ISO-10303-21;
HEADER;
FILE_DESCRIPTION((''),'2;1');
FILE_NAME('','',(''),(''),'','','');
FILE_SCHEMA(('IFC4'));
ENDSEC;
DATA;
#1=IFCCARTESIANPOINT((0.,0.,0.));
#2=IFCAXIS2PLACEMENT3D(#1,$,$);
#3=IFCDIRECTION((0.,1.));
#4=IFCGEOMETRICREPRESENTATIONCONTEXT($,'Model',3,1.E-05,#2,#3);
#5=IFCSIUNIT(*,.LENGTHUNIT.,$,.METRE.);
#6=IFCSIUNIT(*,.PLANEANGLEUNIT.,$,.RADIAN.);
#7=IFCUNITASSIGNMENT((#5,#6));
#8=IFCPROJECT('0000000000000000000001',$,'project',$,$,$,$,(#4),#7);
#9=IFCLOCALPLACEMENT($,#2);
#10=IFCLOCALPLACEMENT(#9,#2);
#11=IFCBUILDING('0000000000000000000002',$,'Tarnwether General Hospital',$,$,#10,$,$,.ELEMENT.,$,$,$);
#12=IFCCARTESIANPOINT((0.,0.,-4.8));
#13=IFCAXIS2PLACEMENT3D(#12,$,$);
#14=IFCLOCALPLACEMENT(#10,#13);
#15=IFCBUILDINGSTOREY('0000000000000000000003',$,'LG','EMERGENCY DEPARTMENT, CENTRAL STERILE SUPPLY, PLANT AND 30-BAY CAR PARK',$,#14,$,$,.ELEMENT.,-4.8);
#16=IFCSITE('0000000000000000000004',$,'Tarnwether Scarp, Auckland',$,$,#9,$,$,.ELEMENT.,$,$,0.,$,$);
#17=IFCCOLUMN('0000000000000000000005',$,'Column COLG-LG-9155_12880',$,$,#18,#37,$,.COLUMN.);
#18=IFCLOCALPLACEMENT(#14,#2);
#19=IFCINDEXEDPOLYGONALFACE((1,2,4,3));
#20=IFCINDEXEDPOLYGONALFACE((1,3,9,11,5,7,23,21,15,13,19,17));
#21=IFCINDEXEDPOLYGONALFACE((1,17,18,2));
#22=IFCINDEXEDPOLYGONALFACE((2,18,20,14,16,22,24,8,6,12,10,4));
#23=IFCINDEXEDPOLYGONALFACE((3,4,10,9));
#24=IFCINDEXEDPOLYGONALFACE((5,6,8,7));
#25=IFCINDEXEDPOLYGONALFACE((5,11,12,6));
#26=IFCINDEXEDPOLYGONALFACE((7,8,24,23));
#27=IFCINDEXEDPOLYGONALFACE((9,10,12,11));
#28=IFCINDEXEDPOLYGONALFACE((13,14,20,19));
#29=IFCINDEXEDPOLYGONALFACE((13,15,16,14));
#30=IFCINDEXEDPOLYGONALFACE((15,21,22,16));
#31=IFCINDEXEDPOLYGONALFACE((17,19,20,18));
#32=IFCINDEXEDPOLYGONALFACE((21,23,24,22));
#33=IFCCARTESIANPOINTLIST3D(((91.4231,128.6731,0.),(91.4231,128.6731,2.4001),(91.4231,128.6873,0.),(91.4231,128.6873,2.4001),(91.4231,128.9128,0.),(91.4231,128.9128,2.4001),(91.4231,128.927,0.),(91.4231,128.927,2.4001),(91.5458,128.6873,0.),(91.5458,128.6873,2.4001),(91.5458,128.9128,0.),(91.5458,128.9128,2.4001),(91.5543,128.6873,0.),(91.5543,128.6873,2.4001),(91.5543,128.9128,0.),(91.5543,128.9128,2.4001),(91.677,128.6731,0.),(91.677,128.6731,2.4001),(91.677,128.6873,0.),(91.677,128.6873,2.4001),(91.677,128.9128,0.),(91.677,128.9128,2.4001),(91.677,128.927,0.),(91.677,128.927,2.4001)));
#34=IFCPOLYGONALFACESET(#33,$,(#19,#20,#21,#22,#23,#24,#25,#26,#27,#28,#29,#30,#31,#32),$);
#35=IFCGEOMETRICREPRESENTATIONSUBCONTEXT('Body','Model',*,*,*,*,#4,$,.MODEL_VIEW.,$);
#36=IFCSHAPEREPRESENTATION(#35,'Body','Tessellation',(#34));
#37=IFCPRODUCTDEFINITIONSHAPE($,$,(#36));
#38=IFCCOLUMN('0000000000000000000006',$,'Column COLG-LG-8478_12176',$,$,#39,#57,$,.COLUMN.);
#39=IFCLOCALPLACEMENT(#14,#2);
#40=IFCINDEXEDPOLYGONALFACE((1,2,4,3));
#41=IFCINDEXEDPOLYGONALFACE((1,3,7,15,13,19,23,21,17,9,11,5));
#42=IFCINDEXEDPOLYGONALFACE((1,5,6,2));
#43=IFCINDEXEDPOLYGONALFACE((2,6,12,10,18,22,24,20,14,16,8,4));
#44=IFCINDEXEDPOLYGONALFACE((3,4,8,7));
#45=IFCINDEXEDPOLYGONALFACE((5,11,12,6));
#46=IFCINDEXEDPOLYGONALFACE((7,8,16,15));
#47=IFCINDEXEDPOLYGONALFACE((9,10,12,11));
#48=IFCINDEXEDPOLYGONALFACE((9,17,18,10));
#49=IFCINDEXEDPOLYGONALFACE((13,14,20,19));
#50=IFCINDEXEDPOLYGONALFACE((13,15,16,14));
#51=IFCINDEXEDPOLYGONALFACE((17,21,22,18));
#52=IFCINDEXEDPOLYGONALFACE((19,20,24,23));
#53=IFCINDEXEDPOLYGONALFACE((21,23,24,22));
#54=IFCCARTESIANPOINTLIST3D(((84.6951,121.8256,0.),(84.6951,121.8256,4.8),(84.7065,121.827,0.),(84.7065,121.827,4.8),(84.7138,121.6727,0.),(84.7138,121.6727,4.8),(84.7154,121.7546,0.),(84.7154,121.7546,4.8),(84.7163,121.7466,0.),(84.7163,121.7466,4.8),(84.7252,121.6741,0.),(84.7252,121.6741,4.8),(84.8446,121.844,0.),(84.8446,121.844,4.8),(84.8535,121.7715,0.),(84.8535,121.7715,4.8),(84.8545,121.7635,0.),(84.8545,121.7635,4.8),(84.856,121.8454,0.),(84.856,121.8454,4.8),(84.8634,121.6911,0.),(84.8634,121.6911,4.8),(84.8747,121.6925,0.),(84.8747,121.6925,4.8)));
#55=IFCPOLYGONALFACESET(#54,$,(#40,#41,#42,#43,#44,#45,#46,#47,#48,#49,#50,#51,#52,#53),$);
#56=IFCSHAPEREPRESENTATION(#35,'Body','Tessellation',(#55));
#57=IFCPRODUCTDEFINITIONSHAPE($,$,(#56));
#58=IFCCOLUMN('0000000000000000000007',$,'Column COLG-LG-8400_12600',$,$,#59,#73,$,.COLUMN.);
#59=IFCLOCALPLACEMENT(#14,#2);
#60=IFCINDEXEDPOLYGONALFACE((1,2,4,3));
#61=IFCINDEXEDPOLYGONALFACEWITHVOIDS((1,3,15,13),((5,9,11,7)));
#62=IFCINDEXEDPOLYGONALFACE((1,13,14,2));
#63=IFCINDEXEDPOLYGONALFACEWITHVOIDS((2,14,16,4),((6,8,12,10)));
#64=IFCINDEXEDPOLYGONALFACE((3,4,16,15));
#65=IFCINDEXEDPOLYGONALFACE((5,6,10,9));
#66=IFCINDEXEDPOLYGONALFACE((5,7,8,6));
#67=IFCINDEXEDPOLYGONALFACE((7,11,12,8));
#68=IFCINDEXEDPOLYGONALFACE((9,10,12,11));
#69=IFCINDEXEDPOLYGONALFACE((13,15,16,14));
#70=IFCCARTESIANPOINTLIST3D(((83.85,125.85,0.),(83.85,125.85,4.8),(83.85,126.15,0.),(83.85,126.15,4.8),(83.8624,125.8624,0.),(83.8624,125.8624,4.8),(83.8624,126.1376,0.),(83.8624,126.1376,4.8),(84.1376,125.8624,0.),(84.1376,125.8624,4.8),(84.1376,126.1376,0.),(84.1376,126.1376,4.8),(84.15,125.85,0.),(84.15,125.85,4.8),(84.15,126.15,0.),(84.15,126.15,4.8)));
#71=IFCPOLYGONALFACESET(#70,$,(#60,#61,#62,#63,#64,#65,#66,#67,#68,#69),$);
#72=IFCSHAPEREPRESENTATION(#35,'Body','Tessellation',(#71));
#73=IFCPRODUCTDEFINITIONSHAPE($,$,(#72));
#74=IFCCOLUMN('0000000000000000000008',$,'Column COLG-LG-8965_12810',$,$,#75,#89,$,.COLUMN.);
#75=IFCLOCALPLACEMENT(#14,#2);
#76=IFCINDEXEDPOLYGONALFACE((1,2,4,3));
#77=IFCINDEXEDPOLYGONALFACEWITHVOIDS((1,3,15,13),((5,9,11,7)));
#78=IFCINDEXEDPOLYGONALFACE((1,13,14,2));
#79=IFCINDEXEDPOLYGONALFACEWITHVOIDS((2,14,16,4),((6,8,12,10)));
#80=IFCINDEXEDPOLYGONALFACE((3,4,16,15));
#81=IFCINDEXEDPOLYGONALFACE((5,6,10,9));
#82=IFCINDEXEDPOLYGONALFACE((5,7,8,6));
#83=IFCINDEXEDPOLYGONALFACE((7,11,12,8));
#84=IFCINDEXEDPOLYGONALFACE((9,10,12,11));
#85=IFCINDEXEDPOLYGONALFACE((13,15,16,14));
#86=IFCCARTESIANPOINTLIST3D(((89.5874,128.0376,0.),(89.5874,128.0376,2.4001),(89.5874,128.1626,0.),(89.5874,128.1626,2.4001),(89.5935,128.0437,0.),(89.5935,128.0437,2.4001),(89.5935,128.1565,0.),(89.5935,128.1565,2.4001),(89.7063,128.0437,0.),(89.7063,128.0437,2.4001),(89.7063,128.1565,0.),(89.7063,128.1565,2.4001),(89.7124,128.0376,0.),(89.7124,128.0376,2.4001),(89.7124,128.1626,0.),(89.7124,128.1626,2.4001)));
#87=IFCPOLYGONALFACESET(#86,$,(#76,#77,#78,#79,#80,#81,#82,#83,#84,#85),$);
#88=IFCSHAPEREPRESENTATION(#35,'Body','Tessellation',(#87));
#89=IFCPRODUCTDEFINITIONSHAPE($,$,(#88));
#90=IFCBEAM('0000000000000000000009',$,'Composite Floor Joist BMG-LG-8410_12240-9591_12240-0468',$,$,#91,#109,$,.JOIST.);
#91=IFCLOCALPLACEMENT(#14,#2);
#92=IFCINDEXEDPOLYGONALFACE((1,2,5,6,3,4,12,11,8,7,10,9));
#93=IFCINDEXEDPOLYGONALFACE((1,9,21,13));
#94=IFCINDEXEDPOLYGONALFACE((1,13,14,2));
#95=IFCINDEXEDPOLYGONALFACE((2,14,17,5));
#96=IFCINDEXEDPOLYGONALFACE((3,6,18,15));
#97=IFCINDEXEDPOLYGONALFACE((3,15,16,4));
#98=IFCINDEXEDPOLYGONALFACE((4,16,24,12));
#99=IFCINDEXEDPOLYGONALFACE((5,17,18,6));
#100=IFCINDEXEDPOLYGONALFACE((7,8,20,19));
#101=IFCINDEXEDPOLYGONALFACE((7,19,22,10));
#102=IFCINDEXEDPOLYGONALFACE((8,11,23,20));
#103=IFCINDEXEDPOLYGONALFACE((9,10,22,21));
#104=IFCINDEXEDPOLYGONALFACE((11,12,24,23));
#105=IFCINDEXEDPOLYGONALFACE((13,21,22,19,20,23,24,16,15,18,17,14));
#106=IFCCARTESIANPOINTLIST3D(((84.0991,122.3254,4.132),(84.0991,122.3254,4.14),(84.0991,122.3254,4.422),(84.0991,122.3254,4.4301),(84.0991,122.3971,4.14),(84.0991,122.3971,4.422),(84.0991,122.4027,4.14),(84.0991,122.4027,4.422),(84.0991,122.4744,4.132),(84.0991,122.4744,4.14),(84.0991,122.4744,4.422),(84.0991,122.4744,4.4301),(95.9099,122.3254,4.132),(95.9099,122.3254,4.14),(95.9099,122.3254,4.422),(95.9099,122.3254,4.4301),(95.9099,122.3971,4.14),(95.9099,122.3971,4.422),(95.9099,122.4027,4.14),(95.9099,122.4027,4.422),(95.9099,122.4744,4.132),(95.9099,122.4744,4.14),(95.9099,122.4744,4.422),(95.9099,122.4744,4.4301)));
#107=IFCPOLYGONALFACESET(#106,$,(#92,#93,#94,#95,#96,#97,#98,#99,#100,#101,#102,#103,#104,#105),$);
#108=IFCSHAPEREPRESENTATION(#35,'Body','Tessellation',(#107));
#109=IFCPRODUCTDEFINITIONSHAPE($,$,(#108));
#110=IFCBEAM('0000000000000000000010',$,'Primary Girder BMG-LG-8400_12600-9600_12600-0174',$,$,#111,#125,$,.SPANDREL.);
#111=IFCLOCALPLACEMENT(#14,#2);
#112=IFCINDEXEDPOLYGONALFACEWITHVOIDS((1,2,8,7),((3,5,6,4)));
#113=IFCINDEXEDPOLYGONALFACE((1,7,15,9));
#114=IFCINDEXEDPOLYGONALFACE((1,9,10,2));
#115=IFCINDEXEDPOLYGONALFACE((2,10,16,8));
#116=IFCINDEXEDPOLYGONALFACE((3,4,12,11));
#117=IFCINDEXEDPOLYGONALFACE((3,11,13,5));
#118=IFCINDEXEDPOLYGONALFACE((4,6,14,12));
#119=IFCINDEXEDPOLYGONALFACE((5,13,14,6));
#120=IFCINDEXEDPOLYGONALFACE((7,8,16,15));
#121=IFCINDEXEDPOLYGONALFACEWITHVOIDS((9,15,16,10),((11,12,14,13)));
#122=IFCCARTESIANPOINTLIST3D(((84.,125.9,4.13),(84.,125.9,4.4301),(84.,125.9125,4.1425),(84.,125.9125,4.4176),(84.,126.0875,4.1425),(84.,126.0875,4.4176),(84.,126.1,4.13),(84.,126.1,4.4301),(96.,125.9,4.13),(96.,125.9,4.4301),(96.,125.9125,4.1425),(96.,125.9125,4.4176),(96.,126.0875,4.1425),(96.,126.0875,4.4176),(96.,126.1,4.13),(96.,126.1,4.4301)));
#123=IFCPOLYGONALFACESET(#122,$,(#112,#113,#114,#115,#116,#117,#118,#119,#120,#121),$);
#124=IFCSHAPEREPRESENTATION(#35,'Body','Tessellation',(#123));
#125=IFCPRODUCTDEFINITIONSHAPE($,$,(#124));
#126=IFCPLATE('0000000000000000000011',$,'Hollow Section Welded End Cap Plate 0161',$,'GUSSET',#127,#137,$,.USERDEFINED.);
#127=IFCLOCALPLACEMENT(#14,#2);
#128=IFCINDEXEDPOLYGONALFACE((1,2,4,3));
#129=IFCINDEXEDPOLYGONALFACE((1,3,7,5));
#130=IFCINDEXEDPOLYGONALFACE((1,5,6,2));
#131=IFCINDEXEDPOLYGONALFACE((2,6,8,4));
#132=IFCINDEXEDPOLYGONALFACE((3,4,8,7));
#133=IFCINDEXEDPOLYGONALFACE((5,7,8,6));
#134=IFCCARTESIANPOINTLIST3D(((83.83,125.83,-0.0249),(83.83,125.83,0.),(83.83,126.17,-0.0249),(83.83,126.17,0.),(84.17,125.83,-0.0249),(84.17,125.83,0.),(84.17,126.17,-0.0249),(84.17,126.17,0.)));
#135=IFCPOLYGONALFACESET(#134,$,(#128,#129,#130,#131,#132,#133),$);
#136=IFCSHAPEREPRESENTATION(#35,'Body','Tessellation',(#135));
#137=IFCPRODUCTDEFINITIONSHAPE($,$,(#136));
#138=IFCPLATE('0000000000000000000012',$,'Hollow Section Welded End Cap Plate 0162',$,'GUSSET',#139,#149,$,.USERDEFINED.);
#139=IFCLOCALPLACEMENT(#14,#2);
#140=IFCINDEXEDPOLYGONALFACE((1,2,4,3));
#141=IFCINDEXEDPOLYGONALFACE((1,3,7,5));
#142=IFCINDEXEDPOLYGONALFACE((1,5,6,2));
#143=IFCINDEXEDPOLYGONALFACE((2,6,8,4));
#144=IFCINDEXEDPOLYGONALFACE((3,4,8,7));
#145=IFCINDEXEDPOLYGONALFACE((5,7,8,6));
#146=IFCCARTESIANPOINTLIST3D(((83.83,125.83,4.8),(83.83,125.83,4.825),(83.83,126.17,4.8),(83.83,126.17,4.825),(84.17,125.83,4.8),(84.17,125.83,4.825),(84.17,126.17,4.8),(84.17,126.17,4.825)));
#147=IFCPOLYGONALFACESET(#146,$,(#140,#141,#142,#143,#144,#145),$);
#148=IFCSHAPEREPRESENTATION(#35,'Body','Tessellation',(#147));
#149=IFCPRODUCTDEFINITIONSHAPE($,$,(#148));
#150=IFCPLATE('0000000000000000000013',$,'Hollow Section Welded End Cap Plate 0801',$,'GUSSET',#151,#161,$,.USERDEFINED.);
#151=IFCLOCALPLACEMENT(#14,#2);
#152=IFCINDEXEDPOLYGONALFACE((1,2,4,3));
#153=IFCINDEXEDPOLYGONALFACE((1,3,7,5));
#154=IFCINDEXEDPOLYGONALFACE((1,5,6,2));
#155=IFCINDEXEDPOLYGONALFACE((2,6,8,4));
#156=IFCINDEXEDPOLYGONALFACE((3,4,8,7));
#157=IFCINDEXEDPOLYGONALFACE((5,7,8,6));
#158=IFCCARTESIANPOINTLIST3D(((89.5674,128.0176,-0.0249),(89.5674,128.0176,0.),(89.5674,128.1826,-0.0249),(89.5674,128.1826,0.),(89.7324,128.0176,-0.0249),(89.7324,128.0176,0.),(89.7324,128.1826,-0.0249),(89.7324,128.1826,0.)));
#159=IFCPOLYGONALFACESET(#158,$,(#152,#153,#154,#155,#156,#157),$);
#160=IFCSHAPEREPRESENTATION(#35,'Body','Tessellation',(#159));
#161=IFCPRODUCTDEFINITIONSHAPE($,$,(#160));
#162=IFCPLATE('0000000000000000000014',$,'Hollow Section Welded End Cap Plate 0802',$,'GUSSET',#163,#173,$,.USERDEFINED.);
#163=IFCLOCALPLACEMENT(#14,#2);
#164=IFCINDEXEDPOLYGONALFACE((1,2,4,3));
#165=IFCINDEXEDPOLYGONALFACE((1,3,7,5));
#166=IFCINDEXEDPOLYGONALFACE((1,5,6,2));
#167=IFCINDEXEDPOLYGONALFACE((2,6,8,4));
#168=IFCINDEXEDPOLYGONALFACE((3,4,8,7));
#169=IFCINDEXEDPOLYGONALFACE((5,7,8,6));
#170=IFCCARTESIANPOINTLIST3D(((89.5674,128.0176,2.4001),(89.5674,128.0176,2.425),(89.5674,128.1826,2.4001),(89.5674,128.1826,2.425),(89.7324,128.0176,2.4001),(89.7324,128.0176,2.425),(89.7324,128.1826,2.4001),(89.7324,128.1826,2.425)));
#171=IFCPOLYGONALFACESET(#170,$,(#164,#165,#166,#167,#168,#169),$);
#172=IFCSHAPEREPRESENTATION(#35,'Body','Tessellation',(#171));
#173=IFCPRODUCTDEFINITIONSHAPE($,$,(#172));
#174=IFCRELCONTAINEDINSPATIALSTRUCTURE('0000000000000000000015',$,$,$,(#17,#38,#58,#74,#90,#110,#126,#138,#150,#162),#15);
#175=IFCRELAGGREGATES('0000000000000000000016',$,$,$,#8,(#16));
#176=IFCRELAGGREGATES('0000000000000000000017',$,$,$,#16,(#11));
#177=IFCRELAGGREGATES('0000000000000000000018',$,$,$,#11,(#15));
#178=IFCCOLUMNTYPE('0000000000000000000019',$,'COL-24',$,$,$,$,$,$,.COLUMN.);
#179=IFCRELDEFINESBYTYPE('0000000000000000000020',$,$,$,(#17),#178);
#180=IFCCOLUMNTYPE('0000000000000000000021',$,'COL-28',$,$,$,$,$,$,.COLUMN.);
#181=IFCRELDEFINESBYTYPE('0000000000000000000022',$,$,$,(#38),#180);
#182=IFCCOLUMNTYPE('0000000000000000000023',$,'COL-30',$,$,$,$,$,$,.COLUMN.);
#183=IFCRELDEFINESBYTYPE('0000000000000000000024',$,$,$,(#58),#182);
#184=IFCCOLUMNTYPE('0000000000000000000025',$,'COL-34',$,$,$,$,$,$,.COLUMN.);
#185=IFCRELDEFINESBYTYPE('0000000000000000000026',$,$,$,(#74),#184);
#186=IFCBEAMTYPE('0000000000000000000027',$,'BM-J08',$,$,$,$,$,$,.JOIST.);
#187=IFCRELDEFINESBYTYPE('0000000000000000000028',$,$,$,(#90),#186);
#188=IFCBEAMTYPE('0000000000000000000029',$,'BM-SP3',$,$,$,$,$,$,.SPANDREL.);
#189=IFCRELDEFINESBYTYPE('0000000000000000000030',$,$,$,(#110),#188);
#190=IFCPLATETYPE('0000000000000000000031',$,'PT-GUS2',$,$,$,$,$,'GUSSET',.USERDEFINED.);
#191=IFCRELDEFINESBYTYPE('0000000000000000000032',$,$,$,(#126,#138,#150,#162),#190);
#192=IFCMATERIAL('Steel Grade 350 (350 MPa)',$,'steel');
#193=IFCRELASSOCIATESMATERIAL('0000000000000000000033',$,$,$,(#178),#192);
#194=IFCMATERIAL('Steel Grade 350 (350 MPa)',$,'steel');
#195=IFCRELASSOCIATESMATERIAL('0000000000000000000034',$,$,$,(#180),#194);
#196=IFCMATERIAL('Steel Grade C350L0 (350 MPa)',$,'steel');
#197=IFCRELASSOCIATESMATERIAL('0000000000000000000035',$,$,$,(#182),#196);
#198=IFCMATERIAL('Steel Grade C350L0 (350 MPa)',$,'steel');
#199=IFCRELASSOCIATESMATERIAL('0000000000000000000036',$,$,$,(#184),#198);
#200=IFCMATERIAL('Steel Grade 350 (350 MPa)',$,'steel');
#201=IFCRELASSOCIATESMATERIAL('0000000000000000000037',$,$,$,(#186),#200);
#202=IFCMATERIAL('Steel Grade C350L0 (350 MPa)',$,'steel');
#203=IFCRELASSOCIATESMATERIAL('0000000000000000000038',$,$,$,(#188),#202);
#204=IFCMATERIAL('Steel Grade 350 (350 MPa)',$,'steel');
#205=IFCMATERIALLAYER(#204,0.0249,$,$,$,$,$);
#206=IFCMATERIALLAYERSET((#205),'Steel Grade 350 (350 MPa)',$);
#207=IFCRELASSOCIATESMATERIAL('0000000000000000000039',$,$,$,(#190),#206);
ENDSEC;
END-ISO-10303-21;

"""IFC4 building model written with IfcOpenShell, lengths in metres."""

from ifc_helpers import new_model, si_unit, direction, frame, origin, origin_2d, place, context, subcontext, project, spatial, rectangle, hollow_rectangle, i_section, extrude, material, layer, layer_set, material_profile, profile_set, type_object, element, save


model = new_model("IFC4")

# Units and contexts
model_context = context("Model", 3, precision=1e-05, world=origin(), true_north=direction((0.0, 1.0)))
body_context = subcontext(model_context, "Body", "Model", "MODEL_VIEW")
ifc_project = project(units=[si_unit("LENGTHUNIT", "METRE"), si_unit("PLANEANGLEUNIT", "RADIAN")], contexts=[model_context])

# Site, building, storey
site_placement = place(None, origin())
site = spatial("IfcSite", under=ifc_project, at=site_placement, Name="Tarnwether Scarp, Auckland", CompositionType="ELEMENT", RefElevation=0.0)
building_placement = place(site_placement, origin())
building = spatial("IfcBuilding", under=site, at=building_placement, Name="Tarnwether General Hospital", CompositionType="ELEMENT")
storey_placement = place(building_placement, frame((0.0, 0.0, -4.8)))
storey = spatial("IfcBuildingStorey", under=building, at=storey_placement, Name="LG", Description="EMERGENCY DEPARTMENT, CENTRAL STERILE SUPPLY, PLANT AND 30-BAY CAR PARK", CompositionType="ELEMENT", Elevation=-4.8)

# Columns
ifc_material_1 = material(Name="Steel Grade 350 (350 MPa)", Category="steel")
ifc_material_profile_1 = material_profile(ifc_material_1, i_section(OverallWidth=0.2539, OverallDepth=0.2539, WebThickness=0.0085, FlangeThickness=0.0142, at=origin_2d()), Name="250UC72.9")
ifc_profile_set_1 = profile_set([ifc_material_profile_1], Name="Steel Grade 350 (350 MPa)")
column_type_1 = type_object("IfcColumnType", Name="COL-24", PredefinedType="COLUMN", material=ifc_profile_set_1)
column_1_placement = place(storey_placement, frame((91.55, 128.8, 0.0), z_axis=(0.0, 0.0, 1.0), x_axis=(1.0, 0.0, 0.0)))
element("IfcColumn", 1, at=column_1_placement, inside=storey, type_object=column_type_1, Name="Column COLG-LG-9155_12880", PredefinedType="COLUMN", context=body_context, shape_type="SweptSolid", body=[
    extrude(i_section(OverallWidth=0.2539, OverallDepth=0.2539, WebThickness=0.0085, FlangeThickness=0.0142, at=origin_2d()), origin(), (0.0, 0.0, 1.0), 2.4001),
])
ifc_material_2 = material(Name="Steel Grade 350 (350 MPa)", Category="steel")
ifc_material_profile_2 = material_profile(ifc_material_2, i_section(OverallWidth=0.1541, OverallDepth=0.1621, WebThickness=0.0081, FlangeThickness=0.0115, at=origin_2d()), Name="150UC37.2")
ifc_profile_set_2 = profile_set([ifc_material_profile_2], Name="Steel Grade 350 (350 MPa)")
column_type_2 = type_object("IfcColumnType", Name="COL-28", PredefinedType="COLUMN", material=ifc_profile_set_2)
column_2_placement = place(storey_placement, frame((84.7849, 121.759, 0.0), z_axis=(0.0, 0.0, 1.0), x_axis=(-0.121869, 0.992546, 0.0)))
element("IfcColumn", 2, at=column_2_placement, inside=storey, type_object=column_type_2, Name="Column COLG-LG-8478_12176", PredefinedType="COLUMN", context=body_context, shape_type="SweptSolid", body=[
    extrude(i_section(OverallWidth=0.1541, OverallDepth=0.1621, WebThickness=0.0081, FlangeThickness=0.0115, at=origin_2d()), origin(), (0.0, 0.0, 1.0), 4.8),
])
ifc_material_3 = material(Name="Steel Grade C350L0 (350 MPa)", Category="steel")
ifc_material_profile_3 = material_profile(ifc_material_3, hollow_rectangle(XDim=0.3, YDim=0.3, WallThickness=0.0125, at=origin_2d()), Name="SHS300x300x12.5")
ifc_profile_set_3 = profile_set([ifc_material_profile_3], Name="Steel Grade C350L0 (350 MPa)")
column_type_3 = type_object("IfcColumnType", Name="COL-30", PredefinedType="COLUMN", material=ifc_profile_set_3)
column_3_placement = place(storey_placement, frame((84.0, 126.0, 0.0), z_axis=(0.0, 0.0, 1.0), x_axis=(0.0, 1.0, 0.0)))
element("IfcColumn", 3, at=column_3_placement, inside=storey, type_object=column_type_3, Name="Column COLG-LG-8400_12600", PredefinedType="COLUMN", context=body_context, shape_type="SweptSolid", body=[
    extrude(hollow_rectangle(XDim=0.3, YDim=0.3, WallThickness=0.0125, at=origin_2d()), origin(), (0.0, 0.0, 1.0), 4.8),
])
ifc_material_4 = material(Name="Steel Grade C350L0 (350 MPa)", Category="steel")
ifc_material_profile_4 = material_profile(ifc_material_4, hollow_rectangle(XDim=0.125, YDim=0.125, WallThickness=0.0061, at=origin_2d()), Name="SHS125x125x6")
ifc_profile_set_4 = profile_set([ifc_material_profile_4], Name="Steel Grade C350L0 (350 MPa)")
column_type_4 = type_object("IfcColumnType", Name="COL-34", PredefinedType="COLUMN", material=ifc_profile_set_4)
column_4_placement = place(storey_placement, frame((89.6499, 128.1001, 0.0), z_axis=(0.0, 0.0, 1.0), x_axis=(1.0, 0.0, 0.0)))
element("IfcColumn", 4, at=column_4_placement, inside=storey, type_object=column_type_4, Name="Column COLG-LG-8965_12810", PredefinedType="COLUMN", context=body_context, shape_type="SweptSolid", body=[
    extrude(hollow_rectangle(XDim=0.125, YDim=0.125, WallThickness=0.0061, at=origin_2d()), origin(), (0.0, 0.0, 1.0), 2.4001),
])

# Beams
ifc_material_5 = material(Name="Steel Grade 350 (350 MPa)", Category="steel")
ifc_material_profile_5 = material_profile(ifc_material_5, i_section(OverallWidth=0.1489, OverallDepth=0.2981, WebThickness=0.0056, FlangeThickness=0.0081, at=origin_2d()), Name="310UB32.0")
ifc_profile_set_5 = profile_set([ifc_material_profile_5], Name="Steel Grade 350 (350 MPa)")
beam_type_1 = type_object("IfcBeamType", Name="BM-J08", PredefinedType="JOIST", material=ifc_profile_set_5)
beam_1_placement = place(storey_placement, frame((84.0991, 122.3999, 4.281), z_axis=(1.0, 0.0, 0.0), x_axis=(0.0, 1.0, 0.0)))
element("IfcBeam", 5, at=beam_1_placement, inside=storey, type_object=beam_type_1, Name="Composite Floor Joist BMG-LG-8410_12240-9591_12240-0468", PredefinedType="JOIST", context=body_context, shape_type="SweptSolid", body=[
    extrude(i_section(OverallWidth=0.1489, OverallDepth=0.2981, WebThickness=0.0056, FlangeThickness=0.0081, at=origin_2d()), origin(), (0.0, 0.0, 1.0), 11.8108),
])
ifc_material_6 = material(Name="Steel Grade C350L0 (350 MPa)", Category="steel")
ifc_material_profile_6 = material_profile(ifc_material_6, hollow_rectangle(XDim=0.2, YDim=0.3, WallThickness=0.0125, at=origin_2d()), Name="RHS300x200x12.5")
ifc_profile_set_6 = profile_set([ifc_material_profile_6], Name="Steel Grade C350L0 (350 MPa)")
beam_type_2 = type_object("IfcBeamType", Name="BM-SP3", PredefinedType="SPANDREL", material=ifc_profile_set_6)
beam_2_placement = place(storey_placement, frame((84.0, 126.0, 4.28), z_axis=(1.0, 0.0, 0.0), x_axis=(0.0, 1.0, 0.0)))
element("IfcBeam", 6, at=beam_2_placement, inside=storey, type_object=beam_type_2, Name="Primary Girder BMG-LG-8400_12600-9600_12600-0174", PredefinedType="SPANDREL", context=body_context, shape_type="SweptSolid", body=[
    extrude(hollow_rectangle(XDim=0.2, YDim=0.3, WallThickness=0.0125, at=origin_2d()), origin(), (0.0, 0.0, 1.0), 12.0),
])

# Plates
ifc_material_7 = material(Name="Steel Grade 350 (350 MPa)", Category="steel")
ifc_layer_1 = layer(ifc_material_7, 0.0249)
ifc_layer_set_1 = layer_set([ifc_layer_1], Name="Steel Grade 350 (350 MPa)")
plate_type = type_object("IfcPlateType", Name="PT-GUS2", ElementType="GUSSET", PredefinedType="USERDEFINED", material=ifc_layer_set_1)
for number, where, z_axis, x_axis, name in (
    (7, (84.0, 126.0, -0.0249), (0.0, 0.0, 1.0), (1.0, 0.0, 0.0), "Hollow Section Welded End Cap Plate 0161"),
    (8, (84.0, 126.0, 4.8), (0.0, 0.0, 1.0), (1.0, 0.0, 0.0), "Hollow Section Welded End Cap Plate 0162"),
):
    element("IfcPlate", number, at=place(storey_placement, frame(where, z_axis=z_axis, x_axis=x_axis)), inside=storey, type_object=plate_type, Name=name, ObjectType="GUSSET", PredefinedType="USERDEFINED", context=body_context, shape_type="SweptSolid", body=[
        extrude(rectangle(XDim=0.3401, YDim=0.3401, at=origin_2d()), origin(), (0.0, 0.0, 1.0), 0.0249),
    ])
for number, where, z_axis, x_axis, name in (
    (9, (89.6499, 128.1001, -0.0249), (0.0, 0.0, 1.0), (1.0, 0.0, 0.0), "Hollow Section Welded End Cap Plate 0801"),
    (10, (89.6499, 128.1001, 2.4001), (0.0, 0.0, 1.0), (1.0, 0.0, 0.0), "Hollow Section Welded End Cap Plate 0802"),
):
    element("IfcPlate", number, at=place(storey_placement, frame(where, z_axis=z_axis, x_axis=x_axis)), inside=storey, type_object=plate_type, Name=name, ObjectType="GUSSET", PredefinedType="USERDEFINED", context=body_context, shape_type="SweptSolid", body=[
        extrude(rectangle(XDim=0.165, YDim=0.165, at=origin_2d()), origin(), (0.0, 0.0, 1.0), 0.0249),
    ])

save(model, "model.ifc")
